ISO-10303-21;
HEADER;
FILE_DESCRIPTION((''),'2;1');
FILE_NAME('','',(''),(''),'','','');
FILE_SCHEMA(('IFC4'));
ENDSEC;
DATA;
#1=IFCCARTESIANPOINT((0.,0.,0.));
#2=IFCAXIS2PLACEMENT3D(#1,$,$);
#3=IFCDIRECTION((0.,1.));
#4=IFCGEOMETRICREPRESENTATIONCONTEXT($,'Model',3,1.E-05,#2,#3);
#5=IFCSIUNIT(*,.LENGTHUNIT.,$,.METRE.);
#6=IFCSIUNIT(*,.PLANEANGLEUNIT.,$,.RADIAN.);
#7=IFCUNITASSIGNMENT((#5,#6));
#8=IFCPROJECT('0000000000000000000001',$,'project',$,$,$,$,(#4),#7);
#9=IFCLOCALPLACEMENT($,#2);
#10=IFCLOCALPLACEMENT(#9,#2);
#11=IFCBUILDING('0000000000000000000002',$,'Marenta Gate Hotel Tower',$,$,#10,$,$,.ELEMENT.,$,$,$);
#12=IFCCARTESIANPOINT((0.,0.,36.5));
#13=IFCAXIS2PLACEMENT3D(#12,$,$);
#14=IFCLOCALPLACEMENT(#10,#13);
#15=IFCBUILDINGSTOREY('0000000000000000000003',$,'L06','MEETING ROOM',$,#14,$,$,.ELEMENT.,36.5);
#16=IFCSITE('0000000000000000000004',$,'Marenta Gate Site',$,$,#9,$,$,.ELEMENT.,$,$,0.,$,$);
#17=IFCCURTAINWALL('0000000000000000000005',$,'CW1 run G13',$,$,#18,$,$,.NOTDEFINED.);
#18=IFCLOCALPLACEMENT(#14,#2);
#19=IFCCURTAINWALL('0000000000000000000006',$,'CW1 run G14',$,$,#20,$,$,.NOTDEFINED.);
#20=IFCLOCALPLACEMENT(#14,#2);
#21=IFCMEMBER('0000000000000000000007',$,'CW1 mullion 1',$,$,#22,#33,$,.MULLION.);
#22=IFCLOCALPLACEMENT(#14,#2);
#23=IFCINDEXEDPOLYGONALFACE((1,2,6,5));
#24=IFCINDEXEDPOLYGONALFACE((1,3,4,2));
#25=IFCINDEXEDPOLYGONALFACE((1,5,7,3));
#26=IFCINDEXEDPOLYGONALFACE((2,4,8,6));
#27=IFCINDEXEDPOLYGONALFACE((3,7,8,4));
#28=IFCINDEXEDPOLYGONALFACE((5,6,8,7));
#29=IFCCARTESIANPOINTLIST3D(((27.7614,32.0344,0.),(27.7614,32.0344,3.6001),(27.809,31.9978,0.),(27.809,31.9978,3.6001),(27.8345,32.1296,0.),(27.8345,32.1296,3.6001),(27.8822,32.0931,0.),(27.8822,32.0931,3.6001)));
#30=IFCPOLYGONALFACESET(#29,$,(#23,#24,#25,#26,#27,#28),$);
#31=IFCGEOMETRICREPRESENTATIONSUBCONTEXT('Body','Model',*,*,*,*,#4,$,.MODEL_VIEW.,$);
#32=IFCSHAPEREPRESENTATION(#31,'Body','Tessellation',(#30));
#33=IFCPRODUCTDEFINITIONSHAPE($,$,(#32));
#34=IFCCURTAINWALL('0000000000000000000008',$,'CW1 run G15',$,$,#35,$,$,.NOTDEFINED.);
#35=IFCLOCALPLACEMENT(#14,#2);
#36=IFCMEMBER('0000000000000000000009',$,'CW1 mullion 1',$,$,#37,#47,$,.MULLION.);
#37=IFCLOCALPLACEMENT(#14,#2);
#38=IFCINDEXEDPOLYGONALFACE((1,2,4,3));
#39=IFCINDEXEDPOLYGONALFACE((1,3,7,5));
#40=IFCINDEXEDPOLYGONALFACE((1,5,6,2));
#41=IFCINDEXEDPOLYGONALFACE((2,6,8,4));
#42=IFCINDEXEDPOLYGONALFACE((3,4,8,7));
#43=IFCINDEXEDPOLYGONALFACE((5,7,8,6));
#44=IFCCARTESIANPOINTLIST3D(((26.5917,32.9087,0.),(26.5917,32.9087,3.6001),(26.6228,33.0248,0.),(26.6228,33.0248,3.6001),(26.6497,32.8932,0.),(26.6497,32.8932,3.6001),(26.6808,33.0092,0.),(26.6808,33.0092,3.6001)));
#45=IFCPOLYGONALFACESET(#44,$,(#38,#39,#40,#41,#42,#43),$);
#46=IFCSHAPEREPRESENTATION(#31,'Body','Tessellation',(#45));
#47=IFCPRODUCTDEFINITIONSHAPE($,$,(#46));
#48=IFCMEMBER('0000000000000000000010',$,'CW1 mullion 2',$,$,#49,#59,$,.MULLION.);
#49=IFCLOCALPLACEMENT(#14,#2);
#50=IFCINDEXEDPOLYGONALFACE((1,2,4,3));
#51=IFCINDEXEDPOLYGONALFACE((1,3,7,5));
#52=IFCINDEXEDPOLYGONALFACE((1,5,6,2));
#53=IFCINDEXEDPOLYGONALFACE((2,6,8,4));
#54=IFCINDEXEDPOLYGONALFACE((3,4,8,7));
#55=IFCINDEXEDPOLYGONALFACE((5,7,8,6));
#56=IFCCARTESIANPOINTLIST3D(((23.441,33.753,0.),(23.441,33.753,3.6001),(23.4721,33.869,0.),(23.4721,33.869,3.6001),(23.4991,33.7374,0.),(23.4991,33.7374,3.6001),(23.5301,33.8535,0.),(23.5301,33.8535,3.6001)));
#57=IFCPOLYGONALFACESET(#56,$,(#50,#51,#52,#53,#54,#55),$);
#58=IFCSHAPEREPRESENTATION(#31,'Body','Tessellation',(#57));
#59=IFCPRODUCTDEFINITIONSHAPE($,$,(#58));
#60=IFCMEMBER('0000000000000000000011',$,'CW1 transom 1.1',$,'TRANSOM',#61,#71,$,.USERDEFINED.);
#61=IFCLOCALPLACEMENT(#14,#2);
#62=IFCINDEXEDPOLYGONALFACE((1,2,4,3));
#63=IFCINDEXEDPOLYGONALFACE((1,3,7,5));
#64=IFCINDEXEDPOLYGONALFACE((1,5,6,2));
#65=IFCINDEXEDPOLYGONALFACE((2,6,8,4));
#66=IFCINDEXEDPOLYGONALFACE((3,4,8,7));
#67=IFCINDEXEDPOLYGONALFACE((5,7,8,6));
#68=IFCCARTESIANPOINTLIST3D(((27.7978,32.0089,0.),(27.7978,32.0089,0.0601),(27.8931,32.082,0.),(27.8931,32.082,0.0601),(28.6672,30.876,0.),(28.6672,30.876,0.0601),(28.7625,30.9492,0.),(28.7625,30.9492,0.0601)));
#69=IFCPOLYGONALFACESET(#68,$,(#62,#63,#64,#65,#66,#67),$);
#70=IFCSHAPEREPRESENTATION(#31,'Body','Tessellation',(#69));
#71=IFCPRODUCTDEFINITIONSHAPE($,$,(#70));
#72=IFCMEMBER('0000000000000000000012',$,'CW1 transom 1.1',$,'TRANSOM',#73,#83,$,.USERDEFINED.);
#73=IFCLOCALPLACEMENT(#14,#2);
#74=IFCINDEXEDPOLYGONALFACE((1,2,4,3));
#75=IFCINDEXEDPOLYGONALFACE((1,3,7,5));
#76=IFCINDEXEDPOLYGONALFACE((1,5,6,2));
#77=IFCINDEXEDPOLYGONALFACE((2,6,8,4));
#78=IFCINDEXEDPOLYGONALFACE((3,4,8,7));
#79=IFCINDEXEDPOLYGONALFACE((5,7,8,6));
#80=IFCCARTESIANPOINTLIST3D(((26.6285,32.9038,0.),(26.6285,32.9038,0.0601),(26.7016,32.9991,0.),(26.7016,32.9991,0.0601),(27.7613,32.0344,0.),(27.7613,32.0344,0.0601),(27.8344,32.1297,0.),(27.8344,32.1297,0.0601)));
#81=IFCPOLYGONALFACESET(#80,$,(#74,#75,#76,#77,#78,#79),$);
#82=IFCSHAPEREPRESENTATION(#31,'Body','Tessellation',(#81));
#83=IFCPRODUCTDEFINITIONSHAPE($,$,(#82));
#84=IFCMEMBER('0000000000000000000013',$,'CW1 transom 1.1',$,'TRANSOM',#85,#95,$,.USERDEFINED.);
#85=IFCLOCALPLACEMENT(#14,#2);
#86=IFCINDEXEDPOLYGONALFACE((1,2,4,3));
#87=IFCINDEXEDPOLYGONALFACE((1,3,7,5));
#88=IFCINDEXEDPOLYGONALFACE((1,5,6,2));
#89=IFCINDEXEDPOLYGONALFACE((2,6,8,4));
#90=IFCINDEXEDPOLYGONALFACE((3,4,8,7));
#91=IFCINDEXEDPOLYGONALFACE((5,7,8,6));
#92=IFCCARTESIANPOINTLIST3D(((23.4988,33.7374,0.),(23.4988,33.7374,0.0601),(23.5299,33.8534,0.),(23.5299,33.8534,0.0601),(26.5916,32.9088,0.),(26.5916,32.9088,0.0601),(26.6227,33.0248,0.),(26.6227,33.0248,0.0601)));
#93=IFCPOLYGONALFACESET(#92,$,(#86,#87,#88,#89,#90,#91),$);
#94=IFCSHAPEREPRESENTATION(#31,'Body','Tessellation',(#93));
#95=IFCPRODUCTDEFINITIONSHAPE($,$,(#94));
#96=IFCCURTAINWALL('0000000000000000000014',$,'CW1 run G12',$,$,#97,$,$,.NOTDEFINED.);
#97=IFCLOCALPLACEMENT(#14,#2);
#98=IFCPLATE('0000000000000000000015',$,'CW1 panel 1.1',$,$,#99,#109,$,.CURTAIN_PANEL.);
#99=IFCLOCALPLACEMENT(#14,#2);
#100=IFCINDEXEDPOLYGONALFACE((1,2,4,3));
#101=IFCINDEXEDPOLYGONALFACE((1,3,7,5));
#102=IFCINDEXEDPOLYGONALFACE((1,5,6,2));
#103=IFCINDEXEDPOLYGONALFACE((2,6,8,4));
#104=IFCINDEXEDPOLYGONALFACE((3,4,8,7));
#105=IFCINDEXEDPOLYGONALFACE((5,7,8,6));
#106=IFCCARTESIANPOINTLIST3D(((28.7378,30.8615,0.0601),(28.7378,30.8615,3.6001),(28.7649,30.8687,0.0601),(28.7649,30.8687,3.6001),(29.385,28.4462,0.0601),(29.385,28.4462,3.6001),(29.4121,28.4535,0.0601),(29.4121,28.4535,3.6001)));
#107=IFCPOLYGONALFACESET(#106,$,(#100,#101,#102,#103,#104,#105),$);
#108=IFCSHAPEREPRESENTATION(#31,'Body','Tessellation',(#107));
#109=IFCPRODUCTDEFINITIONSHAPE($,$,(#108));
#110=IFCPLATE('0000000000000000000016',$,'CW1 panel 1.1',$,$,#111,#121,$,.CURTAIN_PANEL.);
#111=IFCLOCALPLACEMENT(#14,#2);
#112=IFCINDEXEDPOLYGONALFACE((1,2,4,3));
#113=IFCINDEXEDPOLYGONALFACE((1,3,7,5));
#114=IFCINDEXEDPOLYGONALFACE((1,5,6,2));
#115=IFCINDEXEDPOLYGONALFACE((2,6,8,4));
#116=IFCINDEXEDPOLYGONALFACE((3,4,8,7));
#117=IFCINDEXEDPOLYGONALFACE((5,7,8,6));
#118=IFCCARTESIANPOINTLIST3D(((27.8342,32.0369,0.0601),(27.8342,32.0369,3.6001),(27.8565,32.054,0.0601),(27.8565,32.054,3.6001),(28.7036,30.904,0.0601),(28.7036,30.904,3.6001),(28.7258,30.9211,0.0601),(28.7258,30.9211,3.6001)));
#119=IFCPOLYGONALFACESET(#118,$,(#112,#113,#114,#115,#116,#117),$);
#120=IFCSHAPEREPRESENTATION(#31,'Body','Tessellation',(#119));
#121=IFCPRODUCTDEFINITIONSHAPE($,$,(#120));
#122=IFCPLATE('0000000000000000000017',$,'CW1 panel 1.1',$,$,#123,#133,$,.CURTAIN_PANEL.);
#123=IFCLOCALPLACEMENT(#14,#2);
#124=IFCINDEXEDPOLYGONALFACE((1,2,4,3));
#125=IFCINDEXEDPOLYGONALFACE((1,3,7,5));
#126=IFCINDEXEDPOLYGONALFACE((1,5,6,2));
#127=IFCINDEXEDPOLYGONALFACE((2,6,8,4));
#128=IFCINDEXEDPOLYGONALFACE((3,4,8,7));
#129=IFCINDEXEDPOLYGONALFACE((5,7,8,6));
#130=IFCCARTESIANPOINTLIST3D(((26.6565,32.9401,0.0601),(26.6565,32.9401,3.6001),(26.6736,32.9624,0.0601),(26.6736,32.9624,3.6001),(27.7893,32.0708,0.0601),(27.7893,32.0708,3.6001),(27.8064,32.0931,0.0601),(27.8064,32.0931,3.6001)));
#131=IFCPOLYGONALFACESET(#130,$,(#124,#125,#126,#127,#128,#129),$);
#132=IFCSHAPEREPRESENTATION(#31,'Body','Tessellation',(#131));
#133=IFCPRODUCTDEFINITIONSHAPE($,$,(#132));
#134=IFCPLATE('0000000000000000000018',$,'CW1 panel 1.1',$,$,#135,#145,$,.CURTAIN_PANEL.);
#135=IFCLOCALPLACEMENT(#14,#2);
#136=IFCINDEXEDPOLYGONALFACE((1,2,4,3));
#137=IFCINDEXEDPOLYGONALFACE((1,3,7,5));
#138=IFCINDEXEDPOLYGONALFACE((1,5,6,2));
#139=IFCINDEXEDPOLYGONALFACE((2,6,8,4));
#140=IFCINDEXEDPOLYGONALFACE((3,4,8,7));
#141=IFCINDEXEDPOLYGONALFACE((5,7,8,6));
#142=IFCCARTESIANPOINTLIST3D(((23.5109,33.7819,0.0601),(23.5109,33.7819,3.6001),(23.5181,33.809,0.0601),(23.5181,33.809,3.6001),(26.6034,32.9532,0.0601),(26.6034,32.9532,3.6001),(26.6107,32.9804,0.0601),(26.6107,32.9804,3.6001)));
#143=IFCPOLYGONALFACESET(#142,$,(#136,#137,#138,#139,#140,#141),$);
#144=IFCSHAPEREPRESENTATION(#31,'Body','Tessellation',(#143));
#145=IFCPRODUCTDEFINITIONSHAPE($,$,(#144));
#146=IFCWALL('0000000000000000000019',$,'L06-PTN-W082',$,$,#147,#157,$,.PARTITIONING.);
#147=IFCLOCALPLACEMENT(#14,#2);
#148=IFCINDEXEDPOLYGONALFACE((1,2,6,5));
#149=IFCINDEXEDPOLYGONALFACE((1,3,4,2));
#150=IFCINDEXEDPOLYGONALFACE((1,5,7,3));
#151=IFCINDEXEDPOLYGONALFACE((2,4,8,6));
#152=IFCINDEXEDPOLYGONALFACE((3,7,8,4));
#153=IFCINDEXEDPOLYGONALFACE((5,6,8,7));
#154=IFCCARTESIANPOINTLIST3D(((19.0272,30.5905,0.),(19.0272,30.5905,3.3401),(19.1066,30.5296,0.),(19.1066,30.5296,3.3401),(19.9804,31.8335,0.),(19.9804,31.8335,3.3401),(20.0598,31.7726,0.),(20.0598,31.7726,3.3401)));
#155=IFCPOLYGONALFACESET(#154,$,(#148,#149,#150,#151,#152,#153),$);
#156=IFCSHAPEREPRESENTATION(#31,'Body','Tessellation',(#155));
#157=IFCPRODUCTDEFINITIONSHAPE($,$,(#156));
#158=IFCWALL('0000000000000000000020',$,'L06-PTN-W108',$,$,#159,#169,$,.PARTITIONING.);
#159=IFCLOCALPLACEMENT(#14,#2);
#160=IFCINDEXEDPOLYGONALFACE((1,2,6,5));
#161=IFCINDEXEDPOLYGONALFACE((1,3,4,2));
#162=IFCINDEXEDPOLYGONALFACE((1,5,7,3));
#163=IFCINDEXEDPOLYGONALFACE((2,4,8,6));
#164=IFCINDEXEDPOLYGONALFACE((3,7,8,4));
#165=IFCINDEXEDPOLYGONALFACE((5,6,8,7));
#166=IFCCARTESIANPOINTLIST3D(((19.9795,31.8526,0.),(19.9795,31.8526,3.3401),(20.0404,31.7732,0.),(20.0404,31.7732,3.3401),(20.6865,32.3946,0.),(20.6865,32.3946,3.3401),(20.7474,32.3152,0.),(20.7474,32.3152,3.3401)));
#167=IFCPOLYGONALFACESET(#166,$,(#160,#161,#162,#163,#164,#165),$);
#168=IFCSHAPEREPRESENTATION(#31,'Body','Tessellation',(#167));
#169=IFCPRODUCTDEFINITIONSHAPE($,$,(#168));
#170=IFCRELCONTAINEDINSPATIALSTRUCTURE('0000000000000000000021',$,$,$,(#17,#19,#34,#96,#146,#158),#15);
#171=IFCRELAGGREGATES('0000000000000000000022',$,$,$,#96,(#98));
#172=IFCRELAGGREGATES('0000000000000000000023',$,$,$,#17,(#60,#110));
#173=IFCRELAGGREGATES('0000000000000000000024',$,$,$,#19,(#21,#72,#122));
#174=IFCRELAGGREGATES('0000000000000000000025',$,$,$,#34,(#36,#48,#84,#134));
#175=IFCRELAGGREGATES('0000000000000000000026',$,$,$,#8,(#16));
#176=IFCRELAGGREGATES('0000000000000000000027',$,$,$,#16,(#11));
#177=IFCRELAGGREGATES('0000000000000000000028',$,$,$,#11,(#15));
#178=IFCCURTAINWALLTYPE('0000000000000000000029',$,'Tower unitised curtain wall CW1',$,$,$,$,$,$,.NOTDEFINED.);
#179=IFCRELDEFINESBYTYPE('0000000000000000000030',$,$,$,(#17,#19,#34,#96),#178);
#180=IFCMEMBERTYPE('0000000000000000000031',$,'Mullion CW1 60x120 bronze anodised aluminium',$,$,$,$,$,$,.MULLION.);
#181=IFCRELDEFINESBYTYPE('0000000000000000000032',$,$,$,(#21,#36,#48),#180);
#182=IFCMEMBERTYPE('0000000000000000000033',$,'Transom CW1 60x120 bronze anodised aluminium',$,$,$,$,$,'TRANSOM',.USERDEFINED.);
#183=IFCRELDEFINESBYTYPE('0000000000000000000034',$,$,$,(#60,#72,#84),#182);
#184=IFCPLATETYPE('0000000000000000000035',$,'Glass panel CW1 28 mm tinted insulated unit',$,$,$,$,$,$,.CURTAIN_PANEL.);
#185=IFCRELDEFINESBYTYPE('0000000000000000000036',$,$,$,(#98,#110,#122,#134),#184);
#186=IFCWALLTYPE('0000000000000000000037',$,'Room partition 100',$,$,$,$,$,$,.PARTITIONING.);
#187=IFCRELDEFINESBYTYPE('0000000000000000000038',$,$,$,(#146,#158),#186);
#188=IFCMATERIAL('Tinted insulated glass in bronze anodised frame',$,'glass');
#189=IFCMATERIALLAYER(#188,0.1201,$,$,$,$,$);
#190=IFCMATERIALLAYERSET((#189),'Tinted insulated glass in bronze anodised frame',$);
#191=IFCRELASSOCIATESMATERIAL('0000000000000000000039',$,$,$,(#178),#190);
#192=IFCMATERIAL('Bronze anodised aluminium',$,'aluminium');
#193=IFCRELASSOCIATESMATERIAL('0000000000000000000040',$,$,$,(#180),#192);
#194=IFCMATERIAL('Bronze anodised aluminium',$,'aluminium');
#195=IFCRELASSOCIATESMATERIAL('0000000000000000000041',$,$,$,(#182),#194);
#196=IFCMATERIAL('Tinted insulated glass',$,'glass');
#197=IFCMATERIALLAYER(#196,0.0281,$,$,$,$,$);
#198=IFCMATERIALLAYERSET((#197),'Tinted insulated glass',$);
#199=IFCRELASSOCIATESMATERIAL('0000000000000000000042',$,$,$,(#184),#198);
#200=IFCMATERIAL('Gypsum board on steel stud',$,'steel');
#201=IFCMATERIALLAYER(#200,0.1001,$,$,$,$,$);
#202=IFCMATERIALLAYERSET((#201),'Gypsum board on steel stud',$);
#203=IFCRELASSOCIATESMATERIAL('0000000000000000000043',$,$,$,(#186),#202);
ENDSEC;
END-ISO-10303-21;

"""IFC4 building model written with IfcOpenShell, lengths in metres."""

from ifc_helpers import new_model, si_unit, direction, frame, frame_2d, origin, origin_2d, place, context, subcontext, project, spatial, rectangle, extrude, material, layer, layer_set, material_profile, profile_set, type_object, element, aggregate, save


model = new_model("IFC4")

# Units and contexts
model_context = context("Model", 3, precision=1e-05, world=origin(), true_north=direction((0.0, 1.0)))
body_context = subcontext(model_context, "Body", "Model", "MODEL_VIEW")
ifc_project = project(units=[si_unit("LENGTHUNIT", "METRE"), si_unit("PLANEANGLEUNIT", "RADIAN")], contexts=[model_context])

# Site, building, storey
site_placement = place(None, origin())
site = spatial("IfcSite", under=ifc_project, at=site_placement, Name="Marenta Gate Site", CompositionType="ELEMENT", RefElevation=0.0)
building_placement = place(site_placement, origin())
building = spatial("IfcBuilding", under=site, at=building_placement, Name="Marenta Gate Hotel Tower", CompositionType="ELEMENT")
storey_placement = place(building_placement, frame((0.0, 0.0, 36.5)))
storey = spatial("IfcBuildingStorey", under=building, at=storey_placement, Name="L06", Description="MEETING ROOM", CompositionType="ELEMENT", Elevation=36.5)

# Curtain walls, member
ifc_material_1 = material(Name="Tinted insulated glass in bronze anodised frame", Category="glass")
ifc_layer_1 = layer(ifc_material_1, 0.1201)
ifc_layer_set_1 = layer_set([ifc_layer_1], Name="Tinted insulated glass in bronze anodised frame")
curtain_wall_type = type_object("IfcCurtainWallType", Name="Tower unitised curtain wall CW1", PredefinedType="NOTDEFINED", material=ifc_layer_set_1)
curtain_wall_1_placement = place(storey_placement, origin())
curtain_wall_1 = element("IfcCurtainWall", 1, at=curtain_wall_1_placement, inside=storey, type_object=curtain_wall_type, Name="CW1 run G13", PredefinedType="NOTDEFINED")
ifc_material_2 = material(Name="Bronze anodised aluminium", Category="aluminium")
ifc_material_profile_1 = material_profile(ifc_material_2, rectangle(XDim=0.1201, YDim=0.0601, at=origin_2d()), Name="Mullion CW1 60x120 bronze anodised aluminium")
ifc_profile_set_1 = profile_set([ifc_material_profile_1], Name="Bronze anodised aluminium")
member_type_1 = type_object("IfcMemberType", Name="Mullion CW1 60x120 bronze anodised aluminium", PredefinedType="MULLION", material=ifc_profile_set_1)
curtain_wall_2_placement = place(storey_placement, origin())
curtain_wall_2 = element("IfcCurtainWall", 2, at=curtain_wall_2_placement, inside=storey, type_object=curtain_wall_type, Name="CW1 run G14", PredefinedType="NOTDEFINED")
member_1_placement = place(storey_placement, frame((27.8218, 32.0637, 0.0), z_axis=(0.0, 0.0, 1.0), x_axis=(-0.608781, -0.793338, 0.0)))
member_1 = element("IfcMember", 3, at=member_1_placement, type_object=member_type_1, Name="CW1 mullion 1", PredefinedType="MULLION", context=body_context, shape_type="SweptSolid", body=[
    extrude(rectangle(XDim=0.1201, YDim=0.0601, at=origin_2d()), origin(), (0.0, 0.0, 1.0), 3.6001),
])

# Curtain wall, members
curtain_wall_3_placement = place(storey_placement, origin())
curtain_wall_3 = element("IfcCurtainWall", 4, at=curtain_wall_3_placement, inside=storey, type_object=curtain_wall_type, Name="CW1 run G15", PredefinedType="NOTDEFINED")
member_2_placement = place(storey_placement, frame((26.6362, 32.959, 0.0), z_axis=(0.0, 0.0, 1.0), x_axis=(-0.258807, -0.965929, 0.0)))
member_2 = element("IfcMember", 5, at=member_2_placement, type_object=member_type_1, Name="CW1 mullion 1", PredefinedType="MULLION", context=body_context, shape_type="SweptSolid", body=[
    extrude(rectangle(XDim=0.1201, YDim=0.0601, at=origin_2d()), origin(), (0.0, 0.0, 1.0), 3.6001),
])
member_3_placement = place(storey_placement, frame((23.4856, 33.8032, 0.0), z_axis=(0.0, 0.0, 1.0), x_axis=(-0.258807, -0.965929, 0.0)))
member_3 = element("IfcMember", 6, at=member_3_placement, type_object=member_type_1, Name="CW1 mullion 2", PredefinedType="MULLION", context=body_context, shape_type="SweptSolid", body=[
    extrude(rectangle(XDim=0.1201, YDim=0.0601, at=origin_2d()), origin(), (0.0, 0.0, 1.0), 3.6001),
])

# Members
ifc_material_3 = material(Name="Bronze anodised aluminium", Category="aluminium")
ifc_material_profile_2 = material_profile(ifc_material_3, rectangle(XDim=0.1201, YDim=0.0601, at=origin_2d()), Name="Transom CW1 60x120 bronze anodised aluminium")
ifc_profile_set_2 = profile_set([ifc_material_profile_2], Name="Bronze anodised aluminium")
member_type_2 = type_object("IfcMemberType", Name="Transom CW1 60x120 bronze anodised aluminium", ElementType="TRANSOM", PredefinedType="USERDEFINED", material=ifc_profile_set_2)
member_4_placement = place(storey_placement, frame((28.7148, 30.9126, 0.03), z_axis=(-0.608826, 0.793304, 0.0), x_axis=(-0.793304, -0.608826, 0.0)))
member_4 = element("IfcMember", 7, at=member_4_placement, type_object=member_type_2, Name="CW1 transom 1.1", ObjectType="TRANSOM", PredefinedType="USERDEFINED", context=body_context, shape_type="SweptSolid", body=[
    extrude(rectangle(XDim=0.1201, YDim=0.0601, at=origin_2d()), origin(), (0.0, 0.0, 1.0), 1.428),
])
member_5_placement = place(storey_placement, frame((27.7979, 32.082, 0.03), z_axis=(-0.793304, 0.608826, 0.0), x_axis=(-0.608826, -0.793304, 0.0)))
member_5 = element("IfcMember", 8, at=member_5_placement, type_object=member_type_2, Name="CW1 transom 1.1", ObjectType="TRANSOM", PredefinedType="USERDEFINED", context=body_context, shape_type="SweptSolid", body=[
    extrude(rectangle(XDim=0.1201, YDim=0.0601, at=origin_2d()), origin(), (0.0, 0.0, 1.0), 1.428),
])
member_6_placement = place(storey_placement, frame((26.6072, 32.9668, 0.03), z_axis=(-0.965933, 0.258792, 0.0), x_axis=(-0.258792, -0.965933, 0.0)))
member_6 = element("IfcMember", 9, at=member_6_placement, type_object=member_type_2, Name="CW1 transom 1.1", ObjectType="TRANSOM", PredefinedType="USERDEFINED", context=body_context, shape_type="SweptSolid", body=[
    extrude(rectangle(XDim=0.1201, YDim=0.0601, at=origin_2d()), origin(), (0.0, 0.0, 1.0), 3.2019),
])

# Curtain wall, plate
curtain_wall_4_placement = place(storey_placement, origin())
curtain_wall_4 = element("IfcCurtainWall", 10, at=curtain_wall_4_placement, inside=storey, type_object=curtain_wall_type, Name="CW1 run G12", PredefinedType="NOTDEFINED")
ifc_material_4 = material(Name="Tinted insulated glass", Category="glass")
ifc_layer_2 = layer(ifc_material_4, 0.0281)
ifc_layer_set_2 = layer_set([ifc_layer_2], Name="Tinted insulated glass")
plate_type = type_object("IfcPlateType", Name="Glass panel CW1 28 mm tinted insulated unit", PredefinedType="CURTAIN_PANEL", material=ifc_layer_set_2)
plate_1_placement = place(storey_placement, frame((29.075, 29.6575, 0.0601), z_axis=(0.0, 0.0, 1.0), x_axis=(-0.258822, 0.965925, 0.0)))
plate_1 = element("IfcPlate", 11, at=plate_1_placement, type_object=plate_type, Name="CW1 panel 1.1", PredefinedType="CURTAIN_PANEL", context=body_context, shape_type="SweptSolid", body=[
    extrude(rectangle(XDim=2.5005, YDim=0.0281, at=origin_2d()), origin(), (0.0, 0.0, 1.0), 3.54),
])
aggregate(curtain_wall_4, [plate_1])

# Plates
plate_2_placement = place(storey_placement, frame((28.28, 31.479, 0.0601), z_axis=(0.0, 0.0, 1.0), x_axis=(-0.608781, 0.793338, 0.0)))
plate_2 = element("IfcPlate", 12, at=plate_2_placement, type_object=plate_type, Name="CW1 panel 1.1", PredefinedType="CURTAIN_PANEL", context=body_context, shape_type="SweptSolid", body=[
    extrude(rectangle(XDim=1.428, YDim=0.0281, at=origin_2d()), origin(), (0.0, 0.0, 1.0), 3.54),
])
aggregate(curtain_wall_1, [member_4, plate_2])
plate_3_placement = place(storey_placement, frame((27.2314, 32.5166, 0.0601), z_axis=(0.0, 0.0, 1.0), x_axis=(-0.793338, 0.608781, 0.0)))
plate_3 = element("IfcPlate", 13, at=plate_3_placement, type_object=plate_type, Name="CW1 panel 1.1", PredefinedType="CURTAIN_PANEL", context=body_context, shape_type="SweptSolid", body=[
    extrude(rectangle(XDim=1.428, YDim=0.0281, at=origin_2d()), origin(), (0.0, 0.0, 1.0), 3.54),
])
aggregate(curtain_wall_2, [member_1, member_5, plate_3])
plate_4_placement = place(storey_placement, frame((25.0608, 33.3811, 0.0601), z_axis=(0.0, 0.0, 1.0), x_axis=(-0.965929, 0.258807, 0.0)))
plate_4 = element("IfcPlate", 14, at=plate_4_placement, type_object=plate_type, Name="CW1 panel 1.1", PredefinedType="CURTAIN_PANEL", context=body_context, shape_type="SweptSolid", body=[
    extrude(rectangle(XDim=3.2017, YDim=0.0281, at=origin_2d()), origin(), (0.0, 0.0, 1.0), 3.54),
])
aggregate(curtain_wall_3, [member_2, member_3, member_6, plate_4])

# Walls
ifc_material_5 = material(Name="Gypsum board on steel stud", Category="steel")
ifc_layer_3 = layer(ifc_material_5, 0.1001)
ifc_layer_set_3 = layer_set([ifc_layer_3], Name="Gypsum board on steel stud")
wall_type_1 = type_object("IfcWallType", Name="Room partition 100", PredefinedType="PARTITIONING", material=ifc_layer_set_3)
wall_1_placement = place(storey_placement, frame((19.0669, 30.5601, 0.0), z_axis=(0.0, 0.0, 1.0), x_axis=(0.60852, 0.793539, 0.0)))
element("IfcWall", 15, at=wall_1_placement, inside=storey, type_object=wall_type_1, Name="L06-PTN-W082", PredefinedType="PARTITIONING", context=body_context, shape_type="SweptSolid", body=[
    extrude(rectangle(XDim=1.5664, YDim=0.1001, at=frame_2d((0.7832, 0.0))), origin(), (0.0, 0.0, 1.0), 3.3401),
])
wall_2_placement = place(storey_placement, frame((20.01, 31.813, 0.0), z_axis=(0.0, 0.0, 1.0), x_axis=(0.793642, 0.608386, 0.0)))
element("IfcWall", 16, at=wall_2_placement, inside=storey, type_object=wall_type_1, Name="L06-PTN-W108", PredefinedType="PARTITIONING", context=body_context, shape_type="SweptSolid", body=[
    extrude(rectangle(XDim=0.8909, YDim=0.1001, at=frame_2d((0.4453, 0.0))), origin(), (0.0, 0.0, 1.0), 3.3401),
])

save(model, "model.ifc")
